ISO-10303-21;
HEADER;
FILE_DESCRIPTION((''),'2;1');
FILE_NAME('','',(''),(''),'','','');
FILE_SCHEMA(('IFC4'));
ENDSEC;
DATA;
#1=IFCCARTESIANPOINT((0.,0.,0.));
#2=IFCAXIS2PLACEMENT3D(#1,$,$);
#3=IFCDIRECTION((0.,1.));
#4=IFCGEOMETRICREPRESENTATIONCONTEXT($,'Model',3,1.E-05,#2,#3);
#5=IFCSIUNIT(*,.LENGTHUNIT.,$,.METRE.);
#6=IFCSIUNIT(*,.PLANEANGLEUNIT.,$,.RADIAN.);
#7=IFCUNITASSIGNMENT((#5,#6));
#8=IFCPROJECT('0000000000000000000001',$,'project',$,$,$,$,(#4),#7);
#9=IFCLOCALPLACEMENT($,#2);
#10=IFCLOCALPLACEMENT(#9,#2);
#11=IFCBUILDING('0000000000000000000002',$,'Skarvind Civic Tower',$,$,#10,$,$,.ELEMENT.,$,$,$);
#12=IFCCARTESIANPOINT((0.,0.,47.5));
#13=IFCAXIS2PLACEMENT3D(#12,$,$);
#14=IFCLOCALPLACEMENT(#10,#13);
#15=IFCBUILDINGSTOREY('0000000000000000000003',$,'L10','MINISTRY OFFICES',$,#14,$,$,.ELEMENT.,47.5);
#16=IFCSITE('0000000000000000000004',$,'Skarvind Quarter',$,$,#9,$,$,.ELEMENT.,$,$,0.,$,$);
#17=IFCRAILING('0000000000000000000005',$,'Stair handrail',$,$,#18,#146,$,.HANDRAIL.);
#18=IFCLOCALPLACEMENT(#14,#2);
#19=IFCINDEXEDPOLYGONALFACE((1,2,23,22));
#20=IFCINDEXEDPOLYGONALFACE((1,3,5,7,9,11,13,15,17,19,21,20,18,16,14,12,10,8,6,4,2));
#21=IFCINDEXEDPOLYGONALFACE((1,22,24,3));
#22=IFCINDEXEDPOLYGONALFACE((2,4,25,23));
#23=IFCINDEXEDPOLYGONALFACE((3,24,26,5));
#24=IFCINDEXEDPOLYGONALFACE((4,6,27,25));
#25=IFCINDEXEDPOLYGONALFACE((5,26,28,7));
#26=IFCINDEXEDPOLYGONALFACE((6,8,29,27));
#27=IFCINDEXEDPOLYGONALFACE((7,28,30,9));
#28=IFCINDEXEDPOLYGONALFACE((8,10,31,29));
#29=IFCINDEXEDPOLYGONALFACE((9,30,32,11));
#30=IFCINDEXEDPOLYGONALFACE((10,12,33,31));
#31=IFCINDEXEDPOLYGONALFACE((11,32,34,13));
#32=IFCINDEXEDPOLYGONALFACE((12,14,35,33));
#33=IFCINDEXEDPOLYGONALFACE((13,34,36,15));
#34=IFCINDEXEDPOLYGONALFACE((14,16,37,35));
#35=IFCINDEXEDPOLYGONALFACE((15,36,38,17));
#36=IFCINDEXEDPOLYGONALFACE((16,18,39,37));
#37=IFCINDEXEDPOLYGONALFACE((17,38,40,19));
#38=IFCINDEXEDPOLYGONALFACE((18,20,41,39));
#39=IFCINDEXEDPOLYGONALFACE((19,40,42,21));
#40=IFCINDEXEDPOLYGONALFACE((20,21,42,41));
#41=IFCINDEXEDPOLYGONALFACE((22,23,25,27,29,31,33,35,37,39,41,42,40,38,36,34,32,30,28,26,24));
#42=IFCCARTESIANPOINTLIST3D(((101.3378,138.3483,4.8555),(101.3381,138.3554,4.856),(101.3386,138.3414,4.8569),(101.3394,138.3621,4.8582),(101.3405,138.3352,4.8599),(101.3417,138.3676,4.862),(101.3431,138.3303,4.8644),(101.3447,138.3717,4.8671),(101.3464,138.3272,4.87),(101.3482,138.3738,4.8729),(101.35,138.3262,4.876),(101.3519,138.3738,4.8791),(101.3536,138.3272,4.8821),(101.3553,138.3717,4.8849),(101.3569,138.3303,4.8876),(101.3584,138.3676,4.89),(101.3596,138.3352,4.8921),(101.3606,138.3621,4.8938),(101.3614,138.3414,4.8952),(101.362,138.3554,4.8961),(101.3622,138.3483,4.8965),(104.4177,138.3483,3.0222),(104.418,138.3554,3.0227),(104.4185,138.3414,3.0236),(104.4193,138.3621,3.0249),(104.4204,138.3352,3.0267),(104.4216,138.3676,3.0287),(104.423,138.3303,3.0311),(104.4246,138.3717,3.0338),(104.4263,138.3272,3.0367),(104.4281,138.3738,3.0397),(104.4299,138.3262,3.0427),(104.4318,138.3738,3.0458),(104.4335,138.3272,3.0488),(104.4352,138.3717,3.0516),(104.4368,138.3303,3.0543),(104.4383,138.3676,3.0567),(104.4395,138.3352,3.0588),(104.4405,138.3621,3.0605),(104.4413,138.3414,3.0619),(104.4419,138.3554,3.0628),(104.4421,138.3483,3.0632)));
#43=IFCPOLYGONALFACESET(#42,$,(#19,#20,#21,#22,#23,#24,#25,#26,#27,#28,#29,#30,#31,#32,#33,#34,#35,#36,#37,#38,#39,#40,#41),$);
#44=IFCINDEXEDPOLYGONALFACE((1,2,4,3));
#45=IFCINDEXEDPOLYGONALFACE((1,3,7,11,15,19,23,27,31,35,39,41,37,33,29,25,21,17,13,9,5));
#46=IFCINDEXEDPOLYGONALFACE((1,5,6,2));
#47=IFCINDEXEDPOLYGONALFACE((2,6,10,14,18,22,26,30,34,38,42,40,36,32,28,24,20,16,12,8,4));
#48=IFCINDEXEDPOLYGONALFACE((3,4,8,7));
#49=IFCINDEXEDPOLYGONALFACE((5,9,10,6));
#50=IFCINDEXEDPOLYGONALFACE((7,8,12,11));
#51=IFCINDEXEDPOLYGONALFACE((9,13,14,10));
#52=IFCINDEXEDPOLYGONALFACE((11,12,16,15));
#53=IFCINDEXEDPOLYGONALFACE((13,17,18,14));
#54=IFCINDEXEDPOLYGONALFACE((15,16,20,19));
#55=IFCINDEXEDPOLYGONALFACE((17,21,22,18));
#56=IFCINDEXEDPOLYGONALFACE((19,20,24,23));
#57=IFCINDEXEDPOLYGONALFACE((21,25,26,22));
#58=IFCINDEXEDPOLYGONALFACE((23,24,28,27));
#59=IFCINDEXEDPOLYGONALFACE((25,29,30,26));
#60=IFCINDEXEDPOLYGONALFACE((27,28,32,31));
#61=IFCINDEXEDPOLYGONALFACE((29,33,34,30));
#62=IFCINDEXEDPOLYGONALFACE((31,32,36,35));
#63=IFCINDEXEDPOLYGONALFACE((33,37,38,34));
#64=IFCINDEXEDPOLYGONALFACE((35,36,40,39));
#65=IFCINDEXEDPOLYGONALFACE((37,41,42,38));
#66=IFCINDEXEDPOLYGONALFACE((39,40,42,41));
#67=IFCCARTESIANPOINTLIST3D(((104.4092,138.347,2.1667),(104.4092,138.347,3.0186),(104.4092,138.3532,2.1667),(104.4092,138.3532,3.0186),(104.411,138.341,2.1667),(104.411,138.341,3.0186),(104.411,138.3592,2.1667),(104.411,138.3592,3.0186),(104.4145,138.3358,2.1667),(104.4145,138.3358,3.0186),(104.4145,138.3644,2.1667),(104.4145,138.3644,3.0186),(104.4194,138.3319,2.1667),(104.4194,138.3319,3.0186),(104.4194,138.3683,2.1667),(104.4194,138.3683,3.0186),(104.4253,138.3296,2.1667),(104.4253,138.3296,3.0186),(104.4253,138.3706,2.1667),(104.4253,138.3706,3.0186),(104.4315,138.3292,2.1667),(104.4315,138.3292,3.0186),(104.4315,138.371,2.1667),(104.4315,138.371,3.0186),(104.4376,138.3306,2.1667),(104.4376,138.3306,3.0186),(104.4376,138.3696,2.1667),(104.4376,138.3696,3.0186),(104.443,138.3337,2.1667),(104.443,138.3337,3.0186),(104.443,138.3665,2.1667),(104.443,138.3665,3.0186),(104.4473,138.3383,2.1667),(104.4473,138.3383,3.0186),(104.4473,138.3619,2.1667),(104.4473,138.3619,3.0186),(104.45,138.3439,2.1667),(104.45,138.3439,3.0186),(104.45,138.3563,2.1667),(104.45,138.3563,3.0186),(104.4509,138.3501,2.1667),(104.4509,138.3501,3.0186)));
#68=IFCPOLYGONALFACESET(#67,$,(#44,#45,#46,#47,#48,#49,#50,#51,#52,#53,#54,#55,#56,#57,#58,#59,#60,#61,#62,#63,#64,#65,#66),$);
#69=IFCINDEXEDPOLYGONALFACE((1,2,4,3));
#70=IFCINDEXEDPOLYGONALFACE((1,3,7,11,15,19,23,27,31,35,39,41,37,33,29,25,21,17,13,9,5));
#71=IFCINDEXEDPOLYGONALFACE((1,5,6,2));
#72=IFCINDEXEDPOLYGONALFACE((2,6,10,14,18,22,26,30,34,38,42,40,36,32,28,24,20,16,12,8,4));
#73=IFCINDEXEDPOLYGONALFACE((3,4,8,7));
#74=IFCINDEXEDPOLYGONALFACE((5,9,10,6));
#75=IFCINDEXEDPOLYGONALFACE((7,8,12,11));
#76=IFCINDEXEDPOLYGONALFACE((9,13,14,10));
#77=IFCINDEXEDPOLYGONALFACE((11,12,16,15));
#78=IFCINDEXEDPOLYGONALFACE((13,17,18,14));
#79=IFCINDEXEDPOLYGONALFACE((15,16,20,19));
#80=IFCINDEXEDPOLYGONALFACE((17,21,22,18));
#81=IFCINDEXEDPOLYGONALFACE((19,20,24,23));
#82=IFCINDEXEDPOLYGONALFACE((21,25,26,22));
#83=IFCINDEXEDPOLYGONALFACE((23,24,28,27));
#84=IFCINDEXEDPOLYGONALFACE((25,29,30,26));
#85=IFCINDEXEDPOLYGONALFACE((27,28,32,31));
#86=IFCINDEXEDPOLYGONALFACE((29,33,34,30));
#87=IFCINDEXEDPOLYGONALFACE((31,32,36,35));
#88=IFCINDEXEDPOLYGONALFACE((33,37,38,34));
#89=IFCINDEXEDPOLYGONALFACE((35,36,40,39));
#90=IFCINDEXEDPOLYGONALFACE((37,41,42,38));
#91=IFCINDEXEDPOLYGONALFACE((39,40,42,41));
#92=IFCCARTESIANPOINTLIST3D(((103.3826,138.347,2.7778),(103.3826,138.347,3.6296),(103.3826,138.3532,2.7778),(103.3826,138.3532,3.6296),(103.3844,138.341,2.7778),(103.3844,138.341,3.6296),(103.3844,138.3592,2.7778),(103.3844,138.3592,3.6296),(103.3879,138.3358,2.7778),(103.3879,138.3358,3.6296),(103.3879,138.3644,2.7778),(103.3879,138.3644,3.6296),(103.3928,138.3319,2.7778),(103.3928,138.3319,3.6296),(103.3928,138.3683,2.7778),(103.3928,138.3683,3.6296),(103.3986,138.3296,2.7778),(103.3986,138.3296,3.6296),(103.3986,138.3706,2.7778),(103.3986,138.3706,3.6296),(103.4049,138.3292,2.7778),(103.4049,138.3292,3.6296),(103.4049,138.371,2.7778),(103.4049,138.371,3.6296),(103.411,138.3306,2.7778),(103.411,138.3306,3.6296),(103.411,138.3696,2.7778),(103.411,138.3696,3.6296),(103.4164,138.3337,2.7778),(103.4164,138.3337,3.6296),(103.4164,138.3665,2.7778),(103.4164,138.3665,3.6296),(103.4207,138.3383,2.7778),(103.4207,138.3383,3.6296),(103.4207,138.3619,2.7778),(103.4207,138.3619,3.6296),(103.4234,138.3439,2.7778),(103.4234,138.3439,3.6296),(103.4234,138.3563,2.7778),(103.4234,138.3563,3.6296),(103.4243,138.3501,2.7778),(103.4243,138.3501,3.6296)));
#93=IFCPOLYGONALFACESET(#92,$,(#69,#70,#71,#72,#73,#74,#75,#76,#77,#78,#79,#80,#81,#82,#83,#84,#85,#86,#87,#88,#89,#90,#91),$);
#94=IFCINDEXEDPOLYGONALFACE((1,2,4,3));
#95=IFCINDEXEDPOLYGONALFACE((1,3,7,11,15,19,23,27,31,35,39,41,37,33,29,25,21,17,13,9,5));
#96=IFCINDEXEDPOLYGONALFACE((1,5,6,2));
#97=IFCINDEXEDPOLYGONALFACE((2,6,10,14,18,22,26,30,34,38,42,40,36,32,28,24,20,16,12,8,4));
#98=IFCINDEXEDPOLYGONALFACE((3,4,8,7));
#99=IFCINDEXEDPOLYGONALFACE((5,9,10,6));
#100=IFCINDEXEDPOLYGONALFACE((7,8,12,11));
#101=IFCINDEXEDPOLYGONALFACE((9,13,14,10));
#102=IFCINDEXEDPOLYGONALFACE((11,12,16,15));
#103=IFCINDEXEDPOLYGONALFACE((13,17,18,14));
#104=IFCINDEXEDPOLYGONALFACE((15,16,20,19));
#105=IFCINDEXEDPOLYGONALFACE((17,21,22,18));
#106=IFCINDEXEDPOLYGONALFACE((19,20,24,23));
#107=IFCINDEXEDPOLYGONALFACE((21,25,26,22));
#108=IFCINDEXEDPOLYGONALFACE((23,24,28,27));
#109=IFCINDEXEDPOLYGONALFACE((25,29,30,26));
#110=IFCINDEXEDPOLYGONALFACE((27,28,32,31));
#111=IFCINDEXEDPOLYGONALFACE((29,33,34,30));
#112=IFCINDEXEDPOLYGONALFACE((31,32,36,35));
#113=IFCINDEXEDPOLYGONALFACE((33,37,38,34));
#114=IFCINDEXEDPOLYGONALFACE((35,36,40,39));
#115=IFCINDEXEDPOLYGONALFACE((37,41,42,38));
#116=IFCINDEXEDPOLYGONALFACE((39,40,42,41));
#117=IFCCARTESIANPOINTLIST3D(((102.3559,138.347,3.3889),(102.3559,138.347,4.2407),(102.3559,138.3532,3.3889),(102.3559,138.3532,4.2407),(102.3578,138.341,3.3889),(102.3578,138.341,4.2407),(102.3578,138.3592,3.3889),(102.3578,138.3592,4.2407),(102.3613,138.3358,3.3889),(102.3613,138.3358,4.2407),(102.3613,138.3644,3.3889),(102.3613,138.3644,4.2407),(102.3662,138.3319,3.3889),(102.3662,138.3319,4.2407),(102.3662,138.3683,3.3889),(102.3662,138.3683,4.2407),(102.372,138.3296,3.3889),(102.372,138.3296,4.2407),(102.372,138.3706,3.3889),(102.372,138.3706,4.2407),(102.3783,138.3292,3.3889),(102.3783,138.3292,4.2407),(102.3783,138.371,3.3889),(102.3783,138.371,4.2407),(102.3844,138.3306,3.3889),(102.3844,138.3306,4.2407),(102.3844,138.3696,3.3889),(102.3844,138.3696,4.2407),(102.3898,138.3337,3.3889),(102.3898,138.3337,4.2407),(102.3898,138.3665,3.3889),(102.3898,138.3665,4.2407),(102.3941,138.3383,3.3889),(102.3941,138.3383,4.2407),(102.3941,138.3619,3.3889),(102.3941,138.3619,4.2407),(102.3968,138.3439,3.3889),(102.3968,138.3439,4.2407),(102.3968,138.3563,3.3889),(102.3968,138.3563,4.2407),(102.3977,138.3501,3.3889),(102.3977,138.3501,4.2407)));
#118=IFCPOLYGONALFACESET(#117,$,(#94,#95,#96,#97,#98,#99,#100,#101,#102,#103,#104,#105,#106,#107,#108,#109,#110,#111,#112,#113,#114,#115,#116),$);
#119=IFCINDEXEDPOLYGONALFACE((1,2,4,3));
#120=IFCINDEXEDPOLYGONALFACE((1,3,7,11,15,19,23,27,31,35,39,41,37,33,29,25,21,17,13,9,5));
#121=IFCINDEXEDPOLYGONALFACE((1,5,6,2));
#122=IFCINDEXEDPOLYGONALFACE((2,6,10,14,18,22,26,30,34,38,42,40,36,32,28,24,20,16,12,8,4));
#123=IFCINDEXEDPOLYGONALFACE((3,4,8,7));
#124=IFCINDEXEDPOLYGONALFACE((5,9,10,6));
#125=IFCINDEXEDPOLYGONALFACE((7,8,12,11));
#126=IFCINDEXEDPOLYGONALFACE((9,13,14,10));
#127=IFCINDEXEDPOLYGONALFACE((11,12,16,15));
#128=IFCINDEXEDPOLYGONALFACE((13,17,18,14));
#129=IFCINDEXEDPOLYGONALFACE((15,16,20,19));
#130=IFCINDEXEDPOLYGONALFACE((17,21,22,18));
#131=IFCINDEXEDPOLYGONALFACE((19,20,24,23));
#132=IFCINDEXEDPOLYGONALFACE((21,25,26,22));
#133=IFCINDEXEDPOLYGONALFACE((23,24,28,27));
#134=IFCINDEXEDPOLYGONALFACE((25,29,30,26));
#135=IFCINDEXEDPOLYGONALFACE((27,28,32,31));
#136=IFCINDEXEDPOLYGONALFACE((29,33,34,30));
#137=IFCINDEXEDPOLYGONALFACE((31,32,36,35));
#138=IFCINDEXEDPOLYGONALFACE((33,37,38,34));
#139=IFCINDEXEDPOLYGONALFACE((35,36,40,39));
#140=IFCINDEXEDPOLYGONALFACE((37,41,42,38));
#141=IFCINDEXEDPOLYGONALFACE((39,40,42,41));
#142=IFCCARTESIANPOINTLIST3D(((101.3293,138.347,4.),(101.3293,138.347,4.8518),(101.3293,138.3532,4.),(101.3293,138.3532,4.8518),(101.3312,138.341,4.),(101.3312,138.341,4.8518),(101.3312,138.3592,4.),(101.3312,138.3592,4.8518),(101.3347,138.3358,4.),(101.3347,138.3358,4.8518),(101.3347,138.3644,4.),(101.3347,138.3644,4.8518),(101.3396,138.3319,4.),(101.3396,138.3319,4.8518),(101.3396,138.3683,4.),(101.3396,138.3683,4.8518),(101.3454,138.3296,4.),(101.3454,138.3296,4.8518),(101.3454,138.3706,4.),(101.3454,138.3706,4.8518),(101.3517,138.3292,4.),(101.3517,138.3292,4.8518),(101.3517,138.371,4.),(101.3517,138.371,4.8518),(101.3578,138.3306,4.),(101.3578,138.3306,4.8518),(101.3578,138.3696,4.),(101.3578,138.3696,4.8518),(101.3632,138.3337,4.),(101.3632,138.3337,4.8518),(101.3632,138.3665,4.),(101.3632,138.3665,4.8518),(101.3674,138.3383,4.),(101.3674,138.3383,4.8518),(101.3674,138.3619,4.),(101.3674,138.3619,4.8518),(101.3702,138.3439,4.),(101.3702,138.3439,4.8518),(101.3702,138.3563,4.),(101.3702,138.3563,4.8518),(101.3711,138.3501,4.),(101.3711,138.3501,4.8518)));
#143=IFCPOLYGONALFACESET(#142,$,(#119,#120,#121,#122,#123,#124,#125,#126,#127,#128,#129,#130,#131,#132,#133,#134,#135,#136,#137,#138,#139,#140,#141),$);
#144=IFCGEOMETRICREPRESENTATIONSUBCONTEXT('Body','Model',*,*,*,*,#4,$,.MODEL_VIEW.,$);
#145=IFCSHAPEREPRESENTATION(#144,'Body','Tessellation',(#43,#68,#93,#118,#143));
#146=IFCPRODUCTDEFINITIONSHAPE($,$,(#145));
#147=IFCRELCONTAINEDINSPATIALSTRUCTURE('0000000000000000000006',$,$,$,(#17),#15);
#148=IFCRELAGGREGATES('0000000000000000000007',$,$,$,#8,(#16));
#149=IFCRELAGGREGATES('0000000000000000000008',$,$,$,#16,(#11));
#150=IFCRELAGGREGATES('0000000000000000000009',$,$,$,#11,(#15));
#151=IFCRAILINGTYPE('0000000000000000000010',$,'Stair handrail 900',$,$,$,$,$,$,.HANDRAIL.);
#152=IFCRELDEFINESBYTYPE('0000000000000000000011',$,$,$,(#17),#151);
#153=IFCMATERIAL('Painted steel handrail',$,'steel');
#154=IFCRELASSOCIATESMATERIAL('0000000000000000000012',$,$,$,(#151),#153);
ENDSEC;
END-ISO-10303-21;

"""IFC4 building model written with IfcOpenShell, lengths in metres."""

from ifc_helpers import new_model, si_unit, direction, frame, origin, origin_2d, place, context, subcontext, project, spatial, circle, extrude, material, type_object, element, save


model = new_model("IFC4")

# Units and contexts
model_context = context("Model", 3, precision=1e-05, world=origin(), true_north=direction((0.0, 1.0)))
body_context = subcontext(model_context, "Body", "Model", "MODEL_VIEW")
ifc_project = project(units=[si_unit("LENGTHUNIT", "METRE"), si_unit("PLANEANGLEUNIT", "RADIAN")], contexts=[model_context])

# Site, building, storey
site_placement = place(None, origin())
site = spatial("IfcSite", under=ifc_project, at=site_placement, Name="Skarvind Quarter", CompositionType="ELEMENT", RefElevation=0.0)
building_placement = place(site_placement, origin())
building = spatial("IfcBuilding", under=site, at=building_placement, Name="Skarvind Civic Tower", CompositionType="ELEMENT")
storey_placement = place(building_placement, frame((0.0, 0.0, 47.5)))
storey = spatial("IfcBuildingStorey", under=building, at=storey_placement, Name="L10", Description="MINISTRY OFFICES", CompositionType="ELEMENT", Elevation=47.5)

# Railing
ifc_material_1 = material(Name="Painted steel handrail", Category="steel")
railing_type = type_object("IfcRailingType", Name="Stair handrail 900", PredefinedType="HANDRAIL", material=ifc_material_1)
railing_1_placement = place(storey_placement, frame((104.4299, 138.3501, 2.1667)))
element("IfcRailing", 1, at=railing_1_placement, inside=storey, type_object=railing_type, Name="Stair handrail", PredefinedType="HANDRAIL", context=body_context, shape_type="SweptSolid", body=[
    extrude(circle(Radius=0.0239, at=origin_2d()), frame((0.0, 0.0, 0.876), z_axis=(-0.859291, 0.0, 0.511487), x_axis=(0.0, -1.0, 0.0)), (0.0, 0.0, 1.0), 3.5842),
    extrude(circle(Radius=0.021, at=origin_2d()), origin(), (0.0, 0.0, 1.0), 0.8518),
    extrude(circle(Radius=0.021, at=origin_2d()), frame((-1.0266, 0.0, 0.6111)), (0.0, 0.0, 1.0), 0.8518),
    extrude(circle(Radius=0.021, at=origin_2d()), frame((-2.0532, 0.0, 1.2222)), (0.0, 0.0, 1.0), 0.8518),
    extrude(circle(Radius=0.021, at=origin_2d()), frame((-3.0798, 0.0, 1.8333)), (0.0, 0.0, 1.0), 0.8518),
])

save(model, "model.ifc")
